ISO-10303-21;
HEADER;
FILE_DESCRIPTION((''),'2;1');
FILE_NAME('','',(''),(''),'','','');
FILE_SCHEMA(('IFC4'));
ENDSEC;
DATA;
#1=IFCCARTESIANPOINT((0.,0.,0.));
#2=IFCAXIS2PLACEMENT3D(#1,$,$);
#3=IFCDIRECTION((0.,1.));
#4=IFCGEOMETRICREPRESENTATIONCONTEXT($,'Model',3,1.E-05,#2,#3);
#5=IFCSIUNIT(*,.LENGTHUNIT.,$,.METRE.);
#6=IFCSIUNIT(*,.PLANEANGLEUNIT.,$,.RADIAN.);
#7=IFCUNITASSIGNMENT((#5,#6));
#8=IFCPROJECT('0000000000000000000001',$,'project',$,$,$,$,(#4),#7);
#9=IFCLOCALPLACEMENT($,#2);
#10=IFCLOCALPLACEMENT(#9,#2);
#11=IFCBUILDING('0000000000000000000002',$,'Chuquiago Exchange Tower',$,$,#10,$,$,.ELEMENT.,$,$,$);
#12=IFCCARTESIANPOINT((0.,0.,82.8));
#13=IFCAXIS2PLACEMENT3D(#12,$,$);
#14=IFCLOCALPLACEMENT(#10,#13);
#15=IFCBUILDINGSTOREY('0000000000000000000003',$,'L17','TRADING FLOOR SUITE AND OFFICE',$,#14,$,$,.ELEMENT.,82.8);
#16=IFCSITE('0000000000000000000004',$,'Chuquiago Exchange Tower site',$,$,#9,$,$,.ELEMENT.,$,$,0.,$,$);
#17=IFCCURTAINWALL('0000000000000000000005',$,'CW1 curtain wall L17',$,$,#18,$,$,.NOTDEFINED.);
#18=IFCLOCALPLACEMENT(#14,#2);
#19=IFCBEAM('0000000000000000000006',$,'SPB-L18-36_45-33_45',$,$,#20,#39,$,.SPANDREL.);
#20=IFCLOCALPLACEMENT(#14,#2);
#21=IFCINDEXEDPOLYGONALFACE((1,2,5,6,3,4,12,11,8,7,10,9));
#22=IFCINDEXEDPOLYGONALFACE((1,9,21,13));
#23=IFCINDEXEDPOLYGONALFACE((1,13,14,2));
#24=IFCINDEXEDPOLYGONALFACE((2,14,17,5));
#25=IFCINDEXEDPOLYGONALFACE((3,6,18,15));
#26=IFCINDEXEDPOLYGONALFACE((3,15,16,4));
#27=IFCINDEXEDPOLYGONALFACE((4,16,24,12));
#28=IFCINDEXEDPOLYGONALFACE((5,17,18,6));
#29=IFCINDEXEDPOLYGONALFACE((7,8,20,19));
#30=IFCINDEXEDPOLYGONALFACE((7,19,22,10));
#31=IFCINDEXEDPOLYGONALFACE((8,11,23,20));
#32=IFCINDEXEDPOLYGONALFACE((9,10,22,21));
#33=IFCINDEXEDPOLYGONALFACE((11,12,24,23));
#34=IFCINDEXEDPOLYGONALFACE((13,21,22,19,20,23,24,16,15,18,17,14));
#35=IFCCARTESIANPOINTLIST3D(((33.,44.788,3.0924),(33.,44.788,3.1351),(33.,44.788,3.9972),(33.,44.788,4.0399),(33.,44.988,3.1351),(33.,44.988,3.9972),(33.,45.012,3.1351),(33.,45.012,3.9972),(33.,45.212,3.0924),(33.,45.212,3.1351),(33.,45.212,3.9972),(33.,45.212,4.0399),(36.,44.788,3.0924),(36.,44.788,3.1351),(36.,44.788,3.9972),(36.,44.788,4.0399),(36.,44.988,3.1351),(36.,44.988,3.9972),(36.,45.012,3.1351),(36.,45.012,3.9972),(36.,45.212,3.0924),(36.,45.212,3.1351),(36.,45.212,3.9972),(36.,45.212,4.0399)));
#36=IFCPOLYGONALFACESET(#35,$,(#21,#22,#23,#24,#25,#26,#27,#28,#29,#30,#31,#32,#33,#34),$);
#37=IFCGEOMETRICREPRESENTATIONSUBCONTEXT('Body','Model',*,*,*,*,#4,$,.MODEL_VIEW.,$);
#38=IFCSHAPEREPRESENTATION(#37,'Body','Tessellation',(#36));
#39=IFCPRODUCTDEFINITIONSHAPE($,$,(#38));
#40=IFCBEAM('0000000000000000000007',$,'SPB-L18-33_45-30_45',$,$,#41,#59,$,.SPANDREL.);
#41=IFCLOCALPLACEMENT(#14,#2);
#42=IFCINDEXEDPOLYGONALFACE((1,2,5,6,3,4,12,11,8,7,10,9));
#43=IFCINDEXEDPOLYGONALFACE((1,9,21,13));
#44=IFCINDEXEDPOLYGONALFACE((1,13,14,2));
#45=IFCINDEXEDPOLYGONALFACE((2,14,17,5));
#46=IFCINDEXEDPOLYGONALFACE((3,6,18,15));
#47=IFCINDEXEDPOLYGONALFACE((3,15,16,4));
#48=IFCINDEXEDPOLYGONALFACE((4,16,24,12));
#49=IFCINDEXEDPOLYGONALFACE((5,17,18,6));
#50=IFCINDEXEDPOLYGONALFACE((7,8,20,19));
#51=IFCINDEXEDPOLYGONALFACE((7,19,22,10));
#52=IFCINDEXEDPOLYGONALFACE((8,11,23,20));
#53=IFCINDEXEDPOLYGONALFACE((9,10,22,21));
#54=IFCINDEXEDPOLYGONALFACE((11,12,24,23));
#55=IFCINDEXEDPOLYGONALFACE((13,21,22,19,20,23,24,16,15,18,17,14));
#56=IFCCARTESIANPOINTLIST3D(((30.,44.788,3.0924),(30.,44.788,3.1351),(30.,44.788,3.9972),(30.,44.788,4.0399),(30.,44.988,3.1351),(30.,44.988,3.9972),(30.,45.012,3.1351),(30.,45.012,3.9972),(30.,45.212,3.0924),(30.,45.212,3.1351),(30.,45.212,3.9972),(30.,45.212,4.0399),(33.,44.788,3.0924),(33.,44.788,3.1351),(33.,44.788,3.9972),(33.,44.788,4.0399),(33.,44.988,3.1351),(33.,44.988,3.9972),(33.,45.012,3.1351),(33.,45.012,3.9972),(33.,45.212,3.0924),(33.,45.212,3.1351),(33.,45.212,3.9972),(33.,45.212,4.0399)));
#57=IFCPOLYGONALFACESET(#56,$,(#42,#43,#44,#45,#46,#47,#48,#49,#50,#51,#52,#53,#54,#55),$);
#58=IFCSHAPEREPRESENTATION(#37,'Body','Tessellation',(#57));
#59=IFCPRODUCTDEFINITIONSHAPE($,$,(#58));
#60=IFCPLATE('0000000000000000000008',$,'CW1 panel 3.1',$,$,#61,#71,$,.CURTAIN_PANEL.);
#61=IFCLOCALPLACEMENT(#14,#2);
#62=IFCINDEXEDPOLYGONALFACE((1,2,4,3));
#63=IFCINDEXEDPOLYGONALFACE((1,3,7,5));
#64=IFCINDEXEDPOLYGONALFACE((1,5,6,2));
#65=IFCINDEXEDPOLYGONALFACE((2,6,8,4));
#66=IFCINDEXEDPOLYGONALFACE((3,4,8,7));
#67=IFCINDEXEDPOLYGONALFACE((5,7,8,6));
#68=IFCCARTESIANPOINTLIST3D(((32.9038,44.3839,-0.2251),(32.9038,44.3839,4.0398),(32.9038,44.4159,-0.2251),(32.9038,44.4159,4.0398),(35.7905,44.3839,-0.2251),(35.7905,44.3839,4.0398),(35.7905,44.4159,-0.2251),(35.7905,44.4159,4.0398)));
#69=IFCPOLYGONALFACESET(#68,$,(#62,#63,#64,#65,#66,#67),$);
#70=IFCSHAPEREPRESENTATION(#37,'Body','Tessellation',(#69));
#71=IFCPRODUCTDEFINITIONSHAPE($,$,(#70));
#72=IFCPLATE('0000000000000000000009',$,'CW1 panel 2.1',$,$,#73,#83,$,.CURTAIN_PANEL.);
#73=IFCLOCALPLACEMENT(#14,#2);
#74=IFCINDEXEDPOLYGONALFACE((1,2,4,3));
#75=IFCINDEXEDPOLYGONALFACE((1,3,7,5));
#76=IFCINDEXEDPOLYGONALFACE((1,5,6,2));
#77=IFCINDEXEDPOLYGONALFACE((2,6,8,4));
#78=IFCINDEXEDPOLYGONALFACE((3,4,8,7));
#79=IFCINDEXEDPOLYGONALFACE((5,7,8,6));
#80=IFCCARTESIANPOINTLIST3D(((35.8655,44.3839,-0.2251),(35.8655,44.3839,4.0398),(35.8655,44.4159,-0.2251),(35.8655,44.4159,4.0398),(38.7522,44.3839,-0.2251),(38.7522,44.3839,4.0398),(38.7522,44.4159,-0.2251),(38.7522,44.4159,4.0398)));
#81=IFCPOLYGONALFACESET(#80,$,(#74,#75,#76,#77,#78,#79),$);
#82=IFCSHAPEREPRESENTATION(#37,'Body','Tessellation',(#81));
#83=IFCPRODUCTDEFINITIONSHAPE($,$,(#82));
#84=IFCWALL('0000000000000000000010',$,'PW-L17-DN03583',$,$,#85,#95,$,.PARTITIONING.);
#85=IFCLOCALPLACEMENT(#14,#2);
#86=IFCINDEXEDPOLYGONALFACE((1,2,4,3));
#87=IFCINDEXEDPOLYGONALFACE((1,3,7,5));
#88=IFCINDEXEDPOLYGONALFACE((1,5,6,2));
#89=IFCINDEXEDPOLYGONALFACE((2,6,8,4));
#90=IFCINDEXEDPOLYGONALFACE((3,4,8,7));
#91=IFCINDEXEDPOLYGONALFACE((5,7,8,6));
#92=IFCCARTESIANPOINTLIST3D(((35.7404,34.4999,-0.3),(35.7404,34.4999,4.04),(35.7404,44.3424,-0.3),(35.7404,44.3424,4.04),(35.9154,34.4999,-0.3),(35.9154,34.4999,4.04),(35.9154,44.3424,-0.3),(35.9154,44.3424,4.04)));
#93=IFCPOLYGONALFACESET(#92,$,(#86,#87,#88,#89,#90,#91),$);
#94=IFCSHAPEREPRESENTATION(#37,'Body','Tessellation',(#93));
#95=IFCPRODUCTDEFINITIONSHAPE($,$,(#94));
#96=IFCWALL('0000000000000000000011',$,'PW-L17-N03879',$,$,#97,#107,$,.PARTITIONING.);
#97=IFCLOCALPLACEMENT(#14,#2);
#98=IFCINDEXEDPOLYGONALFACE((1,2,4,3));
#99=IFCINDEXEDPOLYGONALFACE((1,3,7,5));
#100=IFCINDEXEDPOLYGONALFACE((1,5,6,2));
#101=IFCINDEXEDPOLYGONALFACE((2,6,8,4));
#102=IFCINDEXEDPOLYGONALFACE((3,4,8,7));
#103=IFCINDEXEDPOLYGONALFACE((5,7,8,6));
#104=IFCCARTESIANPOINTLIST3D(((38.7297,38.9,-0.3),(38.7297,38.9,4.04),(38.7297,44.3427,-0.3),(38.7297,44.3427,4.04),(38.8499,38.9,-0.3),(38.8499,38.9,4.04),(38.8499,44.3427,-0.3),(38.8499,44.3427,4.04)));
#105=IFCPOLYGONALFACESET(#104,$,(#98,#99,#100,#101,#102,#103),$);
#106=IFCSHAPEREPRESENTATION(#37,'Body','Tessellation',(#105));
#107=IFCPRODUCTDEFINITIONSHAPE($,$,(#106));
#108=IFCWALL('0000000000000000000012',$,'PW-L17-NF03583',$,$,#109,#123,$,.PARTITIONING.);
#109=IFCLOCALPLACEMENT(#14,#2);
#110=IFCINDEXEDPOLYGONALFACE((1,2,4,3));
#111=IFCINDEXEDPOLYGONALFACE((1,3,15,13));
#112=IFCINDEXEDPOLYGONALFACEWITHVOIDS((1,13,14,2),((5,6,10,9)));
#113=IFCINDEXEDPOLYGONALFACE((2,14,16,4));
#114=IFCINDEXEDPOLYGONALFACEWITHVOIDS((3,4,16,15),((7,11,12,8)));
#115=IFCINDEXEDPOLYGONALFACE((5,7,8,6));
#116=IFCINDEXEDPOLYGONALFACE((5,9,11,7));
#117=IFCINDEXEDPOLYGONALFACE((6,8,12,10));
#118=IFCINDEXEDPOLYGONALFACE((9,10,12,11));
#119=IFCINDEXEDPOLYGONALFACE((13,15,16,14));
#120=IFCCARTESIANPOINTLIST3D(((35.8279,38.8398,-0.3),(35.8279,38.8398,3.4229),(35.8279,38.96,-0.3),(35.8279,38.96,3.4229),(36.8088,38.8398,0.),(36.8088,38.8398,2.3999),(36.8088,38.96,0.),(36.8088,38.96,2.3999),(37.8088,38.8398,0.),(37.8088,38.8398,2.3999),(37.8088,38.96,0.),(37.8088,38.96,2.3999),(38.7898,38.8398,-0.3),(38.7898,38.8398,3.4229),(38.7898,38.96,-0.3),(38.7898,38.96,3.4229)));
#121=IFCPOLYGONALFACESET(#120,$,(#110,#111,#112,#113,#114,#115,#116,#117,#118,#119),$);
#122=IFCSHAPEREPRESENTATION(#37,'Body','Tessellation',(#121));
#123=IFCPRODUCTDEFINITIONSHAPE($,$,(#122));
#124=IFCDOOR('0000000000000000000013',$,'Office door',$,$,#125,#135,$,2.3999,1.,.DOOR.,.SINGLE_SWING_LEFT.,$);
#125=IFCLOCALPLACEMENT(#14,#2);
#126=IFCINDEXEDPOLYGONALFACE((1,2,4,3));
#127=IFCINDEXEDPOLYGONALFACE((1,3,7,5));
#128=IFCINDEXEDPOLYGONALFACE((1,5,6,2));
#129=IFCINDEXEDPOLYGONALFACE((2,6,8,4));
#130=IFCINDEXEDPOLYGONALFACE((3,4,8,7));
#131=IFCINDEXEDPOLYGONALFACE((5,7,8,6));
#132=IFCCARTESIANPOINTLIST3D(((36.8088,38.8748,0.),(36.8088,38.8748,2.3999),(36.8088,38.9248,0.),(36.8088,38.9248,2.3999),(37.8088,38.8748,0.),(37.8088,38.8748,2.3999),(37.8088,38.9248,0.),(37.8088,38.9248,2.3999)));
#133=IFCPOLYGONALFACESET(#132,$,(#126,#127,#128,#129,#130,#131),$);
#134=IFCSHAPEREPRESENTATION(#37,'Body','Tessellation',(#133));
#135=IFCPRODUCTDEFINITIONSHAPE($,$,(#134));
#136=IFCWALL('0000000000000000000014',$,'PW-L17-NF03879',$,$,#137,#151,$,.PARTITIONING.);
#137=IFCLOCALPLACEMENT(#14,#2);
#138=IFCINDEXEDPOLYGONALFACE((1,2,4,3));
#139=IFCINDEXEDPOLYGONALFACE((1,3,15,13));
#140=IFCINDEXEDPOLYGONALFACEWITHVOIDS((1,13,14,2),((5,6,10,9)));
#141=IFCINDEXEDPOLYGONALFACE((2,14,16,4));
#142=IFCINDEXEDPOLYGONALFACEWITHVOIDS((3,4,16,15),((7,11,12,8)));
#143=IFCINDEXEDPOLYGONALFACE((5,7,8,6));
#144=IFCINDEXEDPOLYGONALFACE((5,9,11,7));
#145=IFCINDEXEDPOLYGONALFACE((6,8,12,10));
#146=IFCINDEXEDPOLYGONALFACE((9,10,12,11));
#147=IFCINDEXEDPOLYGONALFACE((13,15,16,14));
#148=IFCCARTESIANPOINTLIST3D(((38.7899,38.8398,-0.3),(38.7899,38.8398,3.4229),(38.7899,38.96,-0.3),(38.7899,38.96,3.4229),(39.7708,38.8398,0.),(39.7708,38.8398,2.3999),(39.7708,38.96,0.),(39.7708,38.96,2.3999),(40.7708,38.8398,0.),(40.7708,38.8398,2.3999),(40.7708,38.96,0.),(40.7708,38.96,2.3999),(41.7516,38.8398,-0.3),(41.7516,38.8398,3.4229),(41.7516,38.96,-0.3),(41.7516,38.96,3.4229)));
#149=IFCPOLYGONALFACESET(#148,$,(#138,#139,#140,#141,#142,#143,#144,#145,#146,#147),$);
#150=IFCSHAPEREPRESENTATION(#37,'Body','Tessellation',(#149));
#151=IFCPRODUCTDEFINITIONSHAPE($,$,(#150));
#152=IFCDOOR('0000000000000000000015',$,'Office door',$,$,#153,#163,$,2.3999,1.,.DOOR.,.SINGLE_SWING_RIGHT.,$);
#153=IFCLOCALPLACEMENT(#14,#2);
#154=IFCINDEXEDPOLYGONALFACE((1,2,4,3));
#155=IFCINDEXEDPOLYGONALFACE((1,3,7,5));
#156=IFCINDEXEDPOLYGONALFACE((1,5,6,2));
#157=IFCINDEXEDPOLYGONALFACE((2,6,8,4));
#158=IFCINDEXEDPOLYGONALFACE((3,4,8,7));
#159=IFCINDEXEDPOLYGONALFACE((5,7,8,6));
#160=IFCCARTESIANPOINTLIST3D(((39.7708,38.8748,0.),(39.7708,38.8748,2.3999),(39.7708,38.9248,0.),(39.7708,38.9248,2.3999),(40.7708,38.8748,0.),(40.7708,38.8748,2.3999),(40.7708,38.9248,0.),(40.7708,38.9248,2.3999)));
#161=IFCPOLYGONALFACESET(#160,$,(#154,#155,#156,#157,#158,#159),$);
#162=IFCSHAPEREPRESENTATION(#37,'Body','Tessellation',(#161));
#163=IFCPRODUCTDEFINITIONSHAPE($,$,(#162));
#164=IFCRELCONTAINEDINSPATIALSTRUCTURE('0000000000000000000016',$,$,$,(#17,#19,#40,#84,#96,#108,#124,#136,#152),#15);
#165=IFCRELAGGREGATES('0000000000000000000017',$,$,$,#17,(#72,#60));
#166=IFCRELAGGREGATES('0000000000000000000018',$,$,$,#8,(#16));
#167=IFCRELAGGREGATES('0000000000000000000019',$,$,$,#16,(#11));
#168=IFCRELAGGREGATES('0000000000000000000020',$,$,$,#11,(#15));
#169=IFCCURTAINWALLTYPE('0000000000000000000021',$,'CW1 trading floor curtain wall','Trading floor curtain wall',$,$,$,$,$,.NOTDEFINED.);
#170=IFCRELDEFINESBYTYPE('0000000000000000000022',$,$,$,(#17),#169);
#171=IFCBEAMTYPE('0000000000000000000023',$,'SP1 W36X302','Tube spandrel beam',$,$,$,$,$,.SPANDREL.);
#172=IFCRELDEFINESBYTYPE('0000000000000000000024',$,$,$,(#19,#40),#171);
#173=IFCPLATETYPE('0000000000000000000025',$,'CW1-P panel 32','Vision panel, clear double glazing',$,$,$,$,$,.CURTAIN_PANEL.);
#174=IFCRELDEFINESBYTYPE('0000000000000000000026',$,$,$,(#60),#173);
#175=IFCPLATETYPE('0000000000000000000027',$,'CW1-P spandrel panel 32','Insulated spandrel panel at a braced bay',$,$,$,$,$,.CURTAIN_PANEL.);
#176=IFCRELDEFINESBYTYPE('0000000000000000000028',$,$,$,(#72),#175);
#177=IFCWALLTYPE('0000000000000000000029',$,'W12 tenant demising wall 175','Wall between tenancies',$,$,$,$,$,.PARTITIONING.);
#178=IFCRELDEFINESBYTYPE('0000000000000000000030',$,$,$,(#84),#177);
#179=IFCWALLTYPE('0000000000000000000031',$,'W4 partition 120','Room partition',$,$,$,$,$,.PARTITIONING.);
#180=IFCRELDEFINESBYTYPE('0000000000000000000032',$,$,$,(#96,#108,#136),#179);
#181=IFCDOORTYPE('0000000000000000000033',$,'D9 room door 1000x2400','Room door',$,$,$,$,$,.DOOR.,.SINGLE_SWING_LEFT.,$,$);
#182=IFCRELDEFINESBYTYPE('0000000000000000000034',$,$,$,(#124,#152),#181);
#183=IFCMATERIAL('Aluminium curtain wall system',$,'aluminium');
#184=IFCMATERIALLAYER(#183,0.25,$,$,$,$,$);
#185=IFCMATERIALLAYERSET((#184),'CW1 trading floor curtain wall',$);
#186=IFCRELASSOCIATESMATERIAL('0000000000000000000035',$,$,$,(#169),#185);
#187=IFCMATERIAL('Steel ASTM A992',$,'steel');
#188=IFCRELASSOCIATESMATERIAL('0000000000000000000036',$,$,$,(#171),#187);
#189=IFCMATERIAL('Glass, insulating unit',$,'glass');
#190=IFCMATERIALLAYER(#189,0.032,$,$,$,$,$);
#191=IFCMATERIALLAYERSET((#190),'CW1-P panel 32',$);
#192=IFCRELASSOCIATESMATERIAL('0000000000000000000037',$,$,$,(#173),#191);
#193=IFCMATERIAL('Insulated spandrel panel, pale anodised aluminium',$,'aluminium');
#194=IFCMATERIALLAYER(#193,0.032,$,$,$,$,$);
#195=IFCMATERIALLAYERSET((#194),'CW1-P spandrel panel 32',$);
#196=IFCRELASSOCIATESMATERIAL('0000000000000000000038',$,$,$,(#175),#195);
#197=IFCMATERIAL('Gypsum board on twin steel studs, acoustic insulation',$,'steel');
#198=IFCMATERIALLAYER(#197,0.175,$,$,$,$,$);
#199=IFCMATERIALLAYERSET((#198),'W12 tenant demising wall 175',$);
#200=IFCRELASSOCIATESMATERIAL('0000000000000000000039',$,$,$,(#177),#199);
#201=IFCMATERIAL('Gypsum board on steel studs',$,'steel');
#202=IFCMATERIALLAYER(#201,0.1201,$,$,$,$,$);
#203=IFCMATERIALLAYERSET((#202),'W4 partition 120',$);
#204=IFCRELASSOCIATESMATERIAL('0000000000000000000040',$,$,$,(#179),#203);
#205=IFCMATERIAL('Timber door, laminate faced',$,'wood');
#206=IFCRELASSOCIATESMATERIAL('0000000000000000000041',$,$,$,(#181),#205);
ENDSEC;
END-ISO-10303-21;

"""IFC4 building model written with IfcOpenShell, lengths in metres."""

from ifc_helpers import new_model, si_unit, direction, frame, frame_2d, origin, origin_2d, place, context, subcontext, project, spatial, rectangle, i_section, extrude, material, layer, layer_set, material_profile, profile_set, type_object, element, fill, aggregate, save


model = new_model("IFC4")

# Units and contexts
model_context = context("Model", 3, precision=1e-05, world=origin(), true_north=direction((0.0, 1.0)))
body_context = subcontext(model_context, "Body", "Model", "MODEL_VIEW")
ifc_project = project(units=[si_unit("LENGTHUNIT", "METRE"), si_unit("PLANEANGLEUNIT", "RADIAN")], contexts=[model_context])

# Site, building, storey
site_placement = place(None, origin())
site = spatial("IfcSite", under=ifc_project, at=site_placement, Name="Chuquiago Exchange Tower site", CompositionType="ELEMENT", RefElevation=0.0)
building_placement = place(site_placement, origin())
building = spatial("IfcBuilding", under=site, at=building_placement, Name="Chuquiago Exchange Tower", CompositionType="ELEMENT")
storey_placement = place(building_placement, frame((0.0, 0.0, 82.8)))
storey = spatial("IfcBuildingStorey", under=building, at=storey_placement, Name="L17", Description="TRADING FLOOR SUITE AND OFFICE", CompositionType="ELEMENT", Elevation=82.8)

# Curtain wall
ifc_material_1 = material(Name="Aluminium curtain wall system", Category="aluminium")
ifc_layer_1 = layer(ifc_material_1, 0.25)
ifc_layer_set_1 = layer_set([ifc_layer_1], Name="CW1 trading floor curtain wall")
curtain_wall_type = type_object("IfcCurtainWallType", Name="CW1 trading floor curtain wall", Description="Trading floor curtain wall", PredefinedType="NOTDEFINED", material=ifc_layer_set_1)
curtain_wall_placement = place(storey_placement, origin())
curtain_wall = element("IfcCurtainWall", 1, at=curtain_wall_placement, inside=storey, type_object=curtain_wall_type, Name="CW1 curtain wall L17", PredefinedType="NOTDEFINED")

# Beams
ifc_material_2 = material(Name="Steel ASTM A992", Category="steel")
ifc_material_profile_1 = material_profile(ifc_material_2, i_section(OverallWidth=0.4241, OverallDepth=0.9475, WebThickness=0.0239, FlangeThickness=0.0427, at=origin_2d()), Name="W36X302")
ifc_profile_set_1 = profile_set([ifc_material_profile_1], Name="Steel ASTM A992")
beam_type_1 = type_object("IfcBeamType", Name="SP1 W36X302", Description="Tube spandrel beam", PredefinedType="SPANDREL", material=ifc_profile_set_1)
for number, where, z_axis, x_axis, name in (
    (2, (36.0, 45.0, 3.5662), (-1.0, 0.0, 0.0), (0.0, -1.0, 0.0), "SPB-L18-36_45-33_45"),
    (3, (33.0, 45.0, 3.5662), (-1.0, 0.0, 0.0), (0.0, -1.0, 0.0), "SPB-L18-33_45-30_45"),
):
    element("IfcBeam", number, at=place(storey_placement, frame(where, z_axis=z_axis, x_axis=x_axis)), inside=storey, type_object=beam_type_1, Name=name, PredefinedType="SPANDREL", context=body_context, shape_type="SweptSolid", body=[
        extrude(i_section(OverallWidth=0.4241, OverallDepth=0.9475, WebThickness=0.0239, FlangeThickness=0.0427, at=origin_2d()), origin(), (0.0, 0.0, 1.0), 3.0),
    ])

# Plates
ifc_material_3 = material(Name="Glass, insulating unit", Category="glass")
ifc_layer_2 = layer(ifc_material_3, 0.032)
ifc_layer_set_2 = layer_set([ifc_layer_2], Name="CW1-P panel 32")
plate_type_1 = type_object("IfcPlateType", Name="CW1-P panel 32", Description="Vision panel, clear double glazing", PredefinedType="CURTAIN_PANEL", material=ifc_layer_set_2)
plate_1_placement = place(storey_placement, frame((34.3472, 44.3999, -0.2251), z_axis=(0.0, 0.0, 1.0), x_axis=(-1.0, 0.0, 0.0)))
plate_1 = element("IfcPlate", 4, at=plate_1_placement, type_object=plate_type_1, Name="CW1 panel 3.1", PredefinedType="CURTAIN_PANEL", context=body_context, shape_type="SweptSolid", body=[
    extrude(rectangle(XDim=2.8867, YDim=0.032, at=origin_2d()), origin(), (0.0, 0.0, 1.0), 4.2649),
])
ifc_material_4 = material(Name="Insulated spandrel panel, pale anodised aluminium", Category="aluminium")
ifc_layer_3 = layer(ifc_material_4, 0.032)
ifc_layer_set_3 = layer_set([ifc_layer_3], Name="CW1-P spandrel panel 32")
plate_type_2 = type_object("IfcPlateType", Name="CW1-P spandrel panel 32", Description="Insulated spandrel panel at a braced bay", PredefinedType="CURTAIN_PANEL", material=ifc_layer_set_3)
plate_2_placement = place(storey_placement, frame((37.3088, 44.3999, -0.2251), z_axis=(0.0, 0.0, 1.0), x_axis=(-1.0, 0.0, 0.0)))
plate_2 = element("IfcPlate", 5, at=plate_2_placement, type_object=plate_type_2, Name="CW1 panel 2.1", PredefinedType="CURTAIN_PANEL", context=body_context, shape_type="SweptSolid", body=[
    extrude(rectangle(XDim=2.8867, YDim=0.032, at=origin_2d()), origin(), (0.0, 0.0, 1.0), 4.2649),
])
aggregate(curtain_wall, [plate_2, plate_1])

# Walls
ifc_material_5 = material(Name="Gypsum board on twin steel studs, acoustic insulation", Category="steel")
ifc_layer_4 = layer(ifc_material_5, 0.175)
ifc_layer_set_4 = layer_set([ifc_layer_4], Name="W12 tenant demising wall 175")
wall_type_1 = type_object("IfcWallType", Name="W12 tenant demising wall 175", Description="Wall between tenancies", PredefinedType="PARTITIONING", material=ifc_layer_set_4)
wall_1_placement = place(storey_placement, frame((35.8279, 44.3425, -0.3), z_axis=(0.0, 0.0, 1.0), x_axis=(0.0, -1.0, 0.0)))
element("IfcWall", 6, at=wall_1_placement, inside=storey, type_object=wall_type_1, Name="PW-L17-DN03583", PredefinedType="PARTITIONING", context=body_context, shape_type="SweptSolid", body=[
    extrude(rectangle(XDim=9.8425, YDim=0.175, at=frame_2d((4.9214, 0.0))), origin(), (0.0, 0.0, 1.0), 4.3401),
])
ifc_material_6 = material(Name="Gypsum board on steel studs", Category="steel")
ifc_layer_5 = layer(ifc_material_6, 0.1201)
ifc_layer_set_5 = layer_set([ifc_layer_5], Name="W4 partition 120")
wall_type_2 = type_object("IfcWallType", Name="W4 partition 120", Description="Room partition", PredefinedType="PARTITIONING", material=ifc_layer_set_5)
wall_2_placement = place(storey_placement, frame((38.7898, 44.3425, -0.3), z_axis=(0.0, 0.0, 1.0), x_axis=(0.0, -1.0, 0.0)))
element("IfcWall", 7, at=wall_2_placement, inside=storey, type_object=wall_type_2, Name="PW-L17-N03879", PredefinedType="PARTITIONING", context=body_context, shape_type="SweptSolid", body=[
    extrude(rectangle(XDim=5.4426, YDim=0.1201, at=frame_2d((2.7212, 0.0))), origin(), (0.0, 0.0, 1.0), 4.3401),
])

# Walls, openings, doors
wall_3_placement = place(storey_placement, frame((35.8279, 38.8999, -0.3), z_axis=(0.0, 0.0, 1.0), x_axis=(1.0, 0.0, 0.0)))
wall_3 = element("IfcWall", 8, at=wall_3_placement, inside=storey, type_object=wall_type_2, Name="PW-L17-NF03583", PredefinedType="PARTITIONING", context=body_context, shape_type="SweptSolid", body=[
    extrude(rectangle(XDim=2.9619, YDim=0.1201, at=frame_2d((1.481, 0.0))), origin(), (0.0, 0.0, 1.0), 3.7229),
])
opening_1_placement = place(wall_3_placement, frame((0.981, 0.0, 0.3)))
opening_1 = element("IfcOpeningElement", 9, at=opening_1_placement, cuts=wall_3, PredefinedType="OPENING", context=body_context, shape_type="SweptSolid", body=[
    extrude(rectangle(XDim=1.0, YDim=2.3999, at=frame_2d((0.5, 1.2))), frame((0.0, 0.0701, 0.0), z_axis=(0.0, -1.0, 0.0), x_axis=(1.0, 0.0, 0.0)), (0.0, 0.0, 1.0), 0.1401),
])
ifc_material_7 = material(Name="Timber door, laminate faced", Category="wood")
door_type = type_object("IfcDoorType", Name="D9 room door 1000x2400", Description="Room door", OperationType="SINGLE_SWING_LEFT", PredefinedType="DOOR", material=ifc_material_7)
door_1_placement = place(opening_1_placement, origin())
door_1 = element("IfcDoor", 10, at=door_1_placement, inside=storey, type_object=door_type, Name="Office door", OperationType="SINGLE_SWING_LEFT", OverallHeight=2.3999, OverallWidth=1.0, PredefinedType="DOOR", context=body_context, shape_type="SweptSolid", body=[
    extrude(rectangle(XDim=1.0, YDim=2.3999, at=frame_2d((0.5, 1.2))), frame((0.0, 0.0249, 0.0), z_axis=(0.0, -1.0, 0.0), x_axis=(1.0, 0.0, 0.0)), (0.0, 0.0, 1.0), 0.05),
])
fill(opening_1, door_1)
wall_4_placement = place(storey_placement, frame((38.7898, 38.8999, -0.3), z_axis=(0.0, 0.0, 1.0), x_axis=(1.0, 0.0, 0.0)))
wall_4 = element("IfcWall", 11, at=wall_4_placement, inside=storey, type_object=wall_type_2, Name="PW-L17-NF03879", PredefinedType="PARTITIONING", context=body_context, shape_type="SweptSolid", body=[
    extrude(rectangle(XDim=2.9617, YDim=0.1201, at=frame_2d((1.481, 0.0))), origin(), (0.0, 0.0, 1.0), 3.7229),
])
opening_2_placement = place(wall_4_placement, frame((0.981, 0.0, 0.3)))
opening_2 = element("IfcOpeningElement", 12, at=opening_2_placement, cuts=wall_4, PredefinedType="OPENING", context=body_context, shape_type="SweptSolid", body=[
    extrude(rectangle(XDim=1.0, YDim=2.3999, at=frame_2d((0.5, 1.2))), frame((0.0, 0.0701, 0.0), z_axis=(0.0, -1.0, 0.0), x_axis=(1.0, 0.0, 0.0)), (0.0, 0.0, 1.0), 0.1401),
])
door_2_placement = place(opening_2_placement, origin())
door_2 = element("IfcDoor", 13, at=door_2_placement, inside=storey, type_object=door_type, Name="Office door", OperationType="SINGLE_SWING_RIGHT", OverallHeight=2.3999, OverallWidth=1.0, PredefinedType="DOOR", context=body_context, shape_type="SweptSolid", body=[
    extrude(rectangle(XDim=1.0, YDim=2.3999, at=frame_2d((0.5, 1.2))), frame((0.0, 0.0249, 0.0), z_axis=(0.0, -1.0, 0.0), x_axis=(1.0, 0.0, 0.0)), (0.0, 0.0, 1.0), 0.05),
])
fill(opening_2, door_2)

save(model, "model.ifc")
